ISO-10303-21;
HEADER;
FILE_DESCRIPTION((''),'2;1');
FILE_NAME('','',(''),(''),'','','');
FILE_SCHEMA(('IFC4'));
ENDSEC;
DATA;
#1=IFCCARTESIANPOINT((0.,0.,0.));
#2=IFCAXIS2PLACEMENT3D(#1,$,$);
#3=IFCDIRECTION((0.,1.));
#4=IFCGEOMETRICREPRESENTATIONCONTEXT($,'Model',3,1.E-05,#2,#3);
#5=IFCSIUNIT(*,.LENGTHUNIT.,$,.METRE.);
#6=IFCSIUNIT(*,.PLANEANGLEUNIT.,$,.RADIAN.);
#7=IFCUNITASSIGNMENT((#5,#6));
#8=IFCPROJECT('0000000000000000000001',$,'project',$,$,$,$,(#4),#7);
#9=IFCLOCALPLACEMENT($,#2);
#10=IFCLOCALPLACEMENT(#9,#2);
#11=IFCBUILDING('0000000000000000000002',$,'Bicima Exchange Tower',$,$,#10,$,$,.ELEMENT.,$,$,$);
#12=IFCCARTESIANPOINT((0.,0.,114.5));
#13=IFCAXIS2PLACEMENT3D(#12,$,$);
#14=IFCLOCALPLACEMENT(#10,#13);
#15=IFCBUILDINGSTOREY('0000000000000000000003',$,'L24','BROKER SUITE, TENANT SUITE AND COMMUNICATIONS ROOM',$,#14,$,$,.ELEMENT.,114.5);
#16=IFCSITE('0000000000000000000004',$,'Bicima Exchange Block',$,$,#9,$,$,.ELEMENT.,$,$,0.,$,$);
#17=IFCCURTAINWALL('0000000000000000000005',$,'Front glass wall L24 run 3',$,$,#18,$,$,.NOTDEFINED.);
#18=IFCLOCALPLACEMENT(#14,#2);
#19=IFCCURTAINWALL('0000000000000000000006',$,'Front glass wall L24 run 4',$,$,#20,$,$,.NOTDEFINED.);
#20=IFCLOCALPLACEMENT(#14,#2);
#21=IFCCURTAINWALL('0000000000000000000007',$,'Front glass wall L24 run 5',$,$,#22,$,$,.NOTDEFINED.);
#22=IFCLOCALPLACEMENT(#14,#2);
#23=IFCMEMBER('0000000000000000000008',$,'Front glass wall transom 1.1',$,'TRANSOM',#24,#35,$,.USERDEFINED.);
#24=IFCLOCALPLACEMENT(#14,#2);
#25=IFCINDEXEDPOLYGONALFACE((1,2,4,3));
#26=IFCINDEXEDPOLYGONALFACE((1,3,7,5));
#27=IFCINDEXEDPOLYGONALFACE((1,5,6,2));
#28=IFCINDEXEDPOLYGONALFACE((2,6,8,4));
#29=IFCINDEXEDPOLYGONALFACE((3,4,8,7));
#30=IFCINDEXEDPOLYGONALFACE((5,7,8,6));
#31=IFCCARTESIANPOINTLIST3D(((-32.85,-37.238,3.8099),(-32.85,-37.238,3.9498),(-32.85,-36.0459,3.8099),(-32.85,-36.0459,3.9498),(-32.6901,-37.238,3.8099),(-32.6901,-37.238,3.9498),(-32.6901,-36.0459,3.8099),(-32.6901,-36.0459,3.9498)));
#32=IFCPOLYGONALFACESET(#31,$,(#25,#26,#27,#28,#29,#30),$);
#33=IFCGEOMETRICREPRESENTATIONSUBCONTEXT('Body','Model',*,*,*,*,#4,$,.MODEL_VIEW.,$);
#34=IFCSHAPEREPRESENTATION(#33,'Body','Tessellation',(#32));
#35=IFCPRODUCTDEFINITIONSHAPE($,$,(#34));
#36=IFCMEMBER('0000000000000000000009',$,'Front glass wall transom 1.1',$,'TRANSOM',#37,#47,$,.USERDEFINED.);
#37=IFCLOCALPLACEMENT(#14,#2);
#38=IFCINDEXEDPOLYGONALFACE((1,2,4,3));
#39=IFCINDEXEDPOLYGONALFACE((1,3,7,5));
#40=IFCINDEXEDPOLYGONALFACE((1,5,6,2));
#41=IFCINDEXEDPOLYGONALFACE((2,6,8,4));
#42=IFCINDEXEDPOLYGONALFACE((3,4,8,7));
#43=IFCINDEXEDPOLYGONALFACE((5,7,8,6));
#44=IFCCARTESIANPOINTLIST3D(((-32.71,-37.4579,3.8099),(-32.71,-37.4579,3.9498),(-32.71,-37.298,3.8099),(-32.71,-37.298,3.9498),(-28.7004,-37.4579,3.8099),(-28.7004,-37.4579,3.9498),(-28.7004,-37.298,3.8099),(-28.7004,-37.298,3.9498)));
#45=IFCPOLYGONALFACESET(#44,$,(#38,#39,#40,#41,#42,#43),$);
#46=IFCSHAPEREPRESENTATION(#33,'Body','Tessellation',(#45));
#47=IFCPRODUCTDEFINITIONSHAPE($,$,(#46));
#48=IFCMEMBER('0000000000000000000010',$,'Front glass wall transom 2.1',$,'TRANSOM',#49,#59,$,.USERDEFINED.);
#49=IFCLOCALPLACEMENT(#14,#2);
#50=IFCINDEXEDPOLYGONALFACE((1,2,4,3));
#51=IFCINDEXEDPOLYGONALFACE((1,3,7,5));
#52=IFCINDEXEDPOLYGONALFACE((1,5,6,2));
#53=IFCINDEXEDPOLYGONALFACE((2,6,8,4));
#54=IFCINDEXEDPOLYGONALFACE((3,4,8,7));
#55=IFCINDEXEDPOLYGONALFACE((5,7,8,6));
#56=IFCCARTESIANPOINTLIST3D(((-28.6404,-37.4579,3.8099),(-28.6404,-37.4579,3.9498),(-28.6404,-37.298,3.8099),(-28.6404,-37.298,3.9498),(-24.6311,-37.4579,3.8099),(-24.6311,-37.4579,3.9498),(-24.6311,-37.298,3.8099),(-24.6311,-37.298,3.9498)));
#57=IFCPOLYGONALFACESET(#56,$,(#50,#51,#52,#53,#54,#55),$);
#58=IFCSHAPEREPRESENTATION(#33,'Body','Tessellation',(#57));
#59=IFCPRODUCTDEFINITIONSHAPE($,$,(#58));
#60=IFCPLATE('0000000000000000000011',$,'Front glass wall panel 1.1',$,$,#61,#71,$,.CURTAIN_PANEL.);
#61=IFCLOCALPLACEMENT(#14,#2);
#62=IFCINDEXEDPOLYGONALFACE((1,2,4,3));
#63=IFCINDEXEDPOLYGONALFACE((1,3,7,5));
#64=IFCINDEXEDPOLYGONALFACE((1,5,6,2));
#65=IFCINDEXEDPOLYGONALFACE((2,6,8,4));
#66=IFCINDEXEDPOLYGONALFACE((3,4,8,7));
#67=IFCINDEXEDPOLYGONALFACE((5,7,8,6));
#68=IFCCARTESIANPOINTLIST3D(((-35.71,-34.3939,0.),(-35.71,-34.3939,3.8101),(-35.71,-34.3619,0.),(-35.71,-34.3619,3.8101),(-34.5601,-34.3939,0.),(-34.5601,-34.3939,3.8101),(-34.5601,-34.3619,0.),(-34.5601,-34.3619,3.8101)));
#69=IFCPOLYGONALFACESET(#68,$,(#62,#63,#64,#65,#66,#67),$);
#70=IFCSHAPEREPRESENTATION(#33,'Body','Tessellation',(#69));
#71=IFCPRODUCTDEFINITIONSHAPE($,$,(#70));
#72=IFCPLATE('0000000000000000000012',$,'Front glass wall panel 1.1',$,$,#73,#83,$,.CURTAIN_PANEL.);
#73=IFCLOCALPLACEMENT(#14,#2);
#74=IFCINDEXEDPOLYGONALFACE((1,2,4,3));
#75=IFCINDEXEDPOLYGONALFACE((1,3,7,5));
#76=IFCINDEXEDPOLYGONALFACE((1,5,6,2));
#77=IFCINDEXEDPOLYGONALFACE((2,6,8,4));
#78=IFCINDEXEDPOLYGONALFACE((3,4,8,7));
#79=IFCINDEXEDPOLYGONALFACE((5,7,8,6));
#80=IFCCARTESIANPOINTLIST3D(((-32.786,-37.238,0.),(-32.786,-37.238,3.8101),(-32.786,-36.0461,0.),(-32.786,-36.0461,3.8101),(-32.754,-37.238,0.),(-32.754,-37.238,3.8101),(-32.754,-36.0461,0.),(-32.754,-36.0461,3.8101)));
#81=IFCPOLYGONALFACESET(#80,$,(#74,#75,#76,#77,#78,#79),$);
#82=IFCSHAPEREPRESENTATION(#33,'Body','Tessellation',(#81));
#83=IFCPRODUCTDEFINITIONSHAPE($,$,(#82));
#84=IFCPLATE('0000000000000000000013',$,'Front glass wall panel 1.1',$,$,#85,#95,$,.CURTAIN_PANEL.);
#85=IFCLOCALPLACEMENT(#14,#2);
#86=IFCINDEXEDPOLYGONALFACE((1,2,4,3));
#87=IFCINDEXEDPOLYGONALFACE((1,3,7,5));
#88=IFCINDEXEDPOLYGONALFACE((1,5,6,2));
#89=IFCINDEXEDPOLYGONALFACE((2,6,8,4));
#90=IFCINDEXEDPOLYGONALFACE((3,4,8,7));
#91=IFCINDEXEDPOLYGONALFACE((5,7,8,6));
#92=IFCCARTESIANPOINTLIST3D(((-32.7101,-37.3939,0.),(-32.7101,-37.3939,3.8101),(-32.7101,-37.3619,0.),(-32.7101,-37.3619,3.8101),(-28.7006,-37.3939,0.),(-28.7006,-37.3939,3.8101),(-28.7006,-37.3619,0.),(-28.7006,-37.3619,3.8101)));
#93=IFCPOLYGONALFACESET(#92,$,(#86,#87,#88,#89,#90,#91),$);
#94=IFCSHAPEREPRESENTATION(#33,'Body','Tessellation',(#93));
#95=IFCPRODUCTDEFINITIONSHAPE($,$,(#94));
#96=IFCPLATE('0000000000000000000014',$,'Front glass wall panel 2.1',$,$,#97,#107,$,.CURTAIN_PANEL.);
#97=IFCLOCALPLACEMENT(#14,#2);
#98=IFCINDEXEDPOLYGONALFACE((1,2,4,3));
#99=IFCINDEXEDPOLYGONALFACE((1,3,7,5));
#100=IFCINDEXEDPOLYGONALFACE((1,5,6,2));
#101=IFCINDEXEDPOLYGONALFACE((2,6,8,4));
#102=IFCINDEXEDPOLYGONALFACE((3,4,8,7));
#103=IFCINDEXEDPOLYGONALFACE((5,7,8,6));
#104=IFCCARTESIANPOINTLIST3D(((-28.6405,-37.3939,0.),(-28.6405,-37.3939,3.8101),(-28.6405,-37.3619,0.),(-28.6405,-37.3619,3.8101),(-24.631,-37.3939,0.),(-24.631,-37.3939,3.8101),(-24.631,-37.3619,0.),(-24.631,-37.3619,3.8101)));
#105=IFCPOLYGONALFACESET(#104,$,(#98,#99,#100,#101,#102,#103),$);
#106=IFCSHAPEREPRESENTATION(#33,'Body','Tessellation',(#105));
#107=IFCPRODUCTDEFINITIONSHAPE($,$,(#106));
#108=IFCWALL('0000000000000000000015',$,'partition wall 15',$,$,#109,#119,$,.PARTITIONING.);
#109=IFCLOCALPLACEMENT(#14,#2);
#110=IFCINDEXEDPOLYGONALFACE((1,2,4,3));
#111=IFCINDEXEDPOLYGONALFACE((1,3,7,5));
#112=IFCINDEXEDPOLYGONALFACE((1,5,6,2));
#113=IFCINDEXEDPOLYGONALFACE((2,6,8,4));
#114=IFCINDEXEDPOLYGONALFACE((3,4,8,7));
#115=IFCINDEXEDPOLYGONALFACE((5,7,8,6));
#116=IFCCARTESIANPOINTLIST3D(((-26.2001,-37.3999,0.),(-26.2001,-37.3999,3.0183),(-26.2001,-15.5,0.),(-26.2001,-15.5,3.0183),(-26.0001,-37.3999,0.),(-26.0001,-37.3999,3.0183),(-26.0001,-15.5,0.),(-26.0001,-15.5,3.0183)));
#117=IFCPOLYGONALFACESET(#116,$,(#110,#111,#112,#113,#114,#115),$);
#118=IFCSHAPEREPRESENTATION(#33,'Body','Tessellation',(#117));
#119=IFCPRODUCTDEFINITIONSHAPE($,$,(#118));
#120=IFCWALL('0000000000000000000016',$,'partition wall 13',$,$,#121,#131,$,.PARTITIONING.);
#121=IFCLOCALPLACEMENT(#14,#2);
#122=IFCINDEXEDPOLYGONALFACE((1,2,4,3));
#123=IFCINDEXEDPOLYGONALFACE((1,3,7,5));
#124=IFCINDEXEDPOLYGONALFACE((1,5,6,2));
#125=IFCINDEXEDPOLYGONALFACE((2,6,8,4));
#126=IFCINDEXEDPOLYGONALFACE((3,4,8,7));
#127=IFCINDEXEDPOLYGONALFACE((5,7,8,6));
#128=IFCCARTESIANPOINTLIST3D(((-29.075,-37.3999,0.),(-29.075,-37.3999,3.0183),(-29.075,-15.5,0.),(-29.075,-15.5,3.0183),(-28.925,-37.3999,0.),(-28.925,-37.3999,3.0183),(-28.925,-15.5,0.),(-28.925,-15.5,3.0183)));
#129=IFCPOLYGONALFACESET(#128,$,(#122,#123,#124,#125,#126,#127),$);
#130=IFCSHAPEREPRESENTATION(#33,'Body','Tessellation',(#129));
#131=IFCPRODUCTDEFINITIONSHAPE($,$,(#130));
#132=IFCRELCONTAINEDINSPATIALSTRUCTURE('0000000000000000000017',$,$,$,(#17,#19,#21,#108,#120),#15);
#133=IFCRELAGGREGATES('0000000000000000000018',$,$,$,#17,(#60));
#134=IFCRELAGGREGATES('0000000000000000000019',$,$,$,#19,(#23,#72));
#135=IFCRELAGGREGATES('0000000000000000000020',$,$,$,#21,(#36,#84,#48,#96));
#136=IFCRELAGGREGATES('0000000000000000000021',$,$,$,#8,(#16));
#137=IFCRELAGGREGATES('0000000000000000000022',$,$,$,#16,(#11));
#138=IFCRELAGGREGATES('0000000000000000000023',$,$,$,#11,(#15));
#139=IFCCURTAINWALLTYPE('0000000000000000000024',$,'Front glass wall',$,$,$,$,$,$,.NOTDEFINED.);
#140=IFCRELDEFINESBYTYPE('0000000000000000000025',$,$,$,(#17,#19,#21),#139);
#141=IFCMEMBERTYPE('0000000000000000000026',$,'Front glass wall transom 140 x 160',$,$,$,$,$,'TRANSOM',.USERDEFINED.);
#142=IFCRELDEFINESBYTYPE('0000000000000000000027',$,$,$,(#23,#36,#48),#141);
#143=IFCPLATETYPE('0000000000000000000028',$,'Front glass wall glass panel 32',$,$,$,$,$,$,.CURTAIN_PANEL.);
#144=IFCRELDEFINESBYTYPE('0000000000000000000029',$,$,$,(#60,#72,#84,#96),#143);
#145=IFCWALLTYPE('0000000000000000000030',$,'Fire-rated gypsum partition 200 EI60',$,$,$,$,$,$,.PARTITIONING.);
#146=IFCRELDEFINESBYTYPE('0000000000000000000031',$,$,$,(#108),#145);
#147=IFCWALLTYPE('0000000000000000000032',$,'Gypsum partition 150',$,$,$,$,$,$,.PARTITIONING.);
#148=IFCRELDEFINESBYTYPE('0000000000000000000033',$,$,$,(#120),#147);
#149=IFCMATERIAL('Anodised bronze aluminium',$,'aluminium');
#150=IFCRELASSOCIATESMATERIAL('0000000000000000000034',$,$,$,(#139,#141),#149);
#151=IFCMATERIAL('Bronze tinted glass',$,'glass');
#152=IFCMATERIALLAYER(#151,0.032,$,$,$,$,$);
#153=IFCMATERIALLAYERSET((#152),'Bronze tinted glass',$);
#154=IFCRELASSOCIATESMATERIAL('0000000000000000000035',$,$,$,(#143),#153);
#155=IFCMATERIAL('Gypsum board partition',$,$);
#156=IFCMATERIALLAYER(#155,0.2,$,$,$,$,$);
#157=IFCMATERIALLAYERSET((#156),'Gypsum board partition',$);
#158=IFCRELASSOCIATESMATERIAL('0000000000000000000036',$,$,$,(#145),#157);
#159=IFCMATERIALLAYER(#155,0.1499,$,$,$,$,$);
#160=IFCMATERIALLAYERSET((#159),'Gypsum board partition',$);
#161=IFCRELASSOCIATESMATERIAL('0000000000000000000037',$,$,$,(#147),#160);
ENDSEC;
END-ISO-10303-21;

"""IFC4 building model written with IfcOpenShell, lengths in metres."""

from ifc_helpers import new_model, si_unit, direction, frame, frame_2d, origin, origin_2d, place, context, subcontext, project, spatial, rectangle, extrude, material, layer, layer_set, material_profile, profile_set, type_object, element, aggregate, save


model = new_model("IFC4")

# Units and contexts
model_context = context("Model", 3, precision=1e-05, world=origin(), true_north=direction((0.0, 1.0)))
body_context = subcontext(model_context, "Body", "Model", "MODEL_VIEW")
ifc_project = project(units=[si_unit("LENGTHUNIT", "METRE"), si_unit("PLANEANGLEUNIT", "RADIAN")], contexts=[model_context])

# Site, building, storey
site_placement = place(None, origin())
site = spatial("IfcSite", under=ifc_project, at=site_placement, Name="Bicima Exchange Block", CompositionType="ELEMENT", RefElevation=0.0)
building_placement = place(site_placement, origin())
building = spatial("IfcBuilding", under=site, at=building_placement, Name="Bicima Exchange Tower", CompositionType="ELEMENT")
storey_placement = place(building_placement, frame((0.0, 0.0, 114.5)))
storey = spatial("IfcBuildingStorey", under=building, at=storey_placement, Name="L24", Description="BROKER SUITE, TENANT SUITE AND COMMUNICATIONS ROOM", CompositionType="ELEMENT", Elevation=114.5)

# Curtain walls
ifc_material_1 = material(Name="Anodised bronze aluminium", Category="aluminium")
curtain_wall_type = type_object("IfcCurtainWallType", Name="Front glass wall", PredefinedType="NOTDEFINED", material=ifc_material_1)
curtain_wall_1_placement = place(storey_placement, origin())
curtain_wall_1 = element("IfcCurtainWall", 1, at=curtain_wall_1_placement, inside=storey, type_object=curtain_wall_type, Name="Front glass wall L24 run 3", PredefinedType="NOTDEFINED")
curtain_wall_2_placement = place(storey_placement, origin())
curtain_wall_2 = element("IfcCurtainWall", 2, at=curtain_wall_2_placement, inside=storey, type_object=curtain_wall_type, Name="Front glass wall L24 run 4", PredefinedType="NOTDEFINED")
curtain_wall_3_placement = place(storey_placement, origin())
curtain_wall_3 = element("IfcCurtainWall", 3, at=curtain_wall_3_placement, inside=storey, type_object=curtain_wall_type, Name="Front glass wall L24 run 5", PredefinedType="NOTDEFINED")

# Members
ifc_material_profile_1 = material_profile(ifc_material_1, rectangle(XDim=0.1599, YDim=0.1399, at=origin_2d()))
ifc_profile_set_1 = profile_set([ifc_material_profile_1], Name="Anodised bronze aluminium")
member_type_1 = type_object("IfcMemberType", Name="Front glass wall transom 140 x 160", ElementType="TRANSOM", PredefinedType="USERDEFINED", material=ifc_profile_set_1)
member_1_placement = place(storey_placement, frame((-32.77, -36.0459, 3.8799), z_axis=(0.0, -1.0, 0.0), x_axis=(1.0, 0.0, 0.0)))
member_1 = element("IfcMember", 4, at=member_1_placement, type_object=member_type_1, Name="Front glass wall transom 1.1", ObjectType="TRANSOM", PredefinedType="USERDEFINED", context=body_context, shape_type="SweptSolid", body=[
    extrude(rectangle(XDim=0.1599, YDim=0.1399, at=origin_2d()), origin(), (0.0, 0.0, 1.0), 1.1921),
])
member_2_placement = place(storey_placement, frame((-32.71, -37.3779, 3.8799), z_axis=(1.0, 0.0, 0.0), x_axis=(0.0, 1.0, 0.0)))
member_2 = element("IfcMember", 5, at=member_2_placement, type_object=member_type_1, Name="Front glass wall transom 1.1", ObjectType="TRANSOM", PredefinedType="USERDEFINED", context=body_context, shape_type="SweptSolid", body=[
    extrude(rectangle(XDim=0.1599, YDim=0.1399, at=origin_2d()), origin(), (0.0, 0.0, 1.0), 4.0095),
])
member_3_placement = place(storey_placement, frame((-28.6404, -37.3779, 3.8799), z_axis=(1.0, 0.0, 0.0), x_axis=(0.0, 1.0, 0.0)))
member_3 = element("IfcMember", 6, at=member_3_placement, type_object=member_type_1, Name="Front glass wall transom 2.1", ObjectType="TRANSOM", PredefinedType="USERDEFINED", context=body_context, shape_type="SweptSolid", body=[
    extrude(rectangle(XDim=0.1599, YDim=0.1399, at=origin_2d()), origin(), (0.0, 0.0, 1.0), 4.0093),
])

# Plates
ifc_material_2 = material(Name="Bronze tinted glass", Category="glass")
ifc_layer_1 = layer(ifc_material_2, 0.032)
ifc_layer_set_1 = layer_set([ifc_layer_1], Name="Bronze tinted glass")
plate_type = type_object("IfcPlateType", Name="Front glass wall glass panel 32", PredefinedType="CURTAIN_PANEL", material=ifc_layer_set_1)
plate_1_placement = place(storey_placement, frame((-35.135, -34.3779, 0.0), z_axis=(0.0, 0.0, 1.0), x_axis=(1.0, 0.0, 0.0)))
plate_1 = element("IfcPlate", 7, at=plate_1_placement, type_object=plate_type, Name="Front glass wall panel 1.1", PredefinedType="CURTAIN_PANEL", context=body_context, shape_type="SweptSolid", body=[
    extrude(rectangle(XDim=1.1499, YDim=0.032, at=origin_2d()), origin(), (0.0, 0.0, 1.0), 3.8101),
])
aggregate(curtain_wall_1, [plate_1])
plate_2_placement = place(storey_placement, frame((-32.77, -36.6421, 0.0), z_axis=(0.0, 0.0, 1.0), x_axis=(0.0, -1.0, 0.0)))
plate_2 = element("IfcPlate", 8, at=plate_2_placement, type_object=plate_type, Name="Front glass wall panel 1.1", PredefinedType="CURTAIN_PANEL", context=body_context, shape_type="SweptSolid", body=[
    extrude(rectangle(XDim=1.1919, YDim=0.032, at=origin_2d()), origin(), (0.0, 0.0, 1.0), 3.8101),
])
aggregate(curtain_wall_2, [member_1, plate_2])
plate_3_placement = place(storey_placement, frame((-30.7053, -37.3779, 0.0), z_axis=(0.0, 0.0, 1.0), x_axis=(1.0, 0.0, 0.0)))
plate_3 = element("IfcPlate", 9, at=plate_3_placement, type_object=plate_type, Name="Front glass wall panel 1.1", PredefinedType="CURTAIN_PANEL", context=body_context, shape_type="SweptSolid", body=[
    extrude(rectangle(XDim=4.0095, YDim=0.032, at=origin_2d()), origin(), (0.0, 0.0, 1.0), 3.8101),
])
plate_4_placement = place(storey_placement, frame((-26.6357, -37.3779, 0.0), z_axis=(0.0, 0.0, 1.0), x_axis=(1.0, 0.0, 0.0)))
plate_4 = element("IfcPlate", 10, at=plate_4_placement, type_object=plate_type, Name="Front glass wall panel 2.1", PredefinedType="CURTAIN_PANEL", context=body_context, shape_type="SweptSolid", body=[
    extrude(rectangle(XDim=4.0095, YDim=0.032, at=origin_2d()), origin(), (0.0, 0.0, 1.0), 3.8101),
])
aggregate(curtain_wall_3, [member_2, plate_3, member_3, plate_4])

# Walls
ifc_material_3 = material(Name="Gypsum board partition")
ifc_layer_2 = layer(ifc_material_3, 0.2)
ifc_layer_set_2 = layer_set([ifc_layer_2], Name="Gypsum board partition")
wall_type_1 = type_object("IfcWallType", Name="Fire-rated gypsum partition 200 EI60", PredefinedType="PARTITIONING", material=ifc_layer_set_2)
wall_1_placement = place(storey_placement, frame((-26.1001, -37.3999, 0.0), z_axis=(0.0, 0.0, 1.0), x_axis=(0.0, 1.0, 0.0)))
element("IfcWall", 11, at=wall_1_placement, inside=storey, type_object=wall_type_1, Name="partition wall 15", PredefinedType="PARTITIONING", context=body_context, shape_type="SweptSolid", body=[
    extrude(rectangle(XDim=21.8999, YDim=0.2, at=frame_2d((10.95, 0.0))), origin(), (0.0, 0.0, 1.0), 3.0183),
])
ifc_layer_3 = layer(ifc_material_3, 0.1499)
ifc_layer_set_3 = layer_set([ifc_layer_3], Name="Gypsum board partition")
wall_type_2 = type_object("IfcWallType", Name="Gypsum partition 150", PredefinedType="PARTITIONING", material=ifc_layer_set_3)
wall_2_placement = place(storey_placement, frame((-29.0, -37.3999, 0.0), z_axis=(0.0, 0.0, 1.0), x_axis=(0.0, 1.0, 0.0)))
element("IfcWall", 12, at=wall_2_placement, inside=storey, type_object=wall_type_2, Name="partition wall 13", PredefinedType="PARTITIONING", context=body_context, shape_type="SweptSolid", body=[
    extrude(rectangle(XDim=21.8999, YDim=0.1499, at=frame_2d((10.95, 0.0))), origin(), (0.0, 0.0, 1.0), 3.0183),
])

save(model, "model.ifc")
